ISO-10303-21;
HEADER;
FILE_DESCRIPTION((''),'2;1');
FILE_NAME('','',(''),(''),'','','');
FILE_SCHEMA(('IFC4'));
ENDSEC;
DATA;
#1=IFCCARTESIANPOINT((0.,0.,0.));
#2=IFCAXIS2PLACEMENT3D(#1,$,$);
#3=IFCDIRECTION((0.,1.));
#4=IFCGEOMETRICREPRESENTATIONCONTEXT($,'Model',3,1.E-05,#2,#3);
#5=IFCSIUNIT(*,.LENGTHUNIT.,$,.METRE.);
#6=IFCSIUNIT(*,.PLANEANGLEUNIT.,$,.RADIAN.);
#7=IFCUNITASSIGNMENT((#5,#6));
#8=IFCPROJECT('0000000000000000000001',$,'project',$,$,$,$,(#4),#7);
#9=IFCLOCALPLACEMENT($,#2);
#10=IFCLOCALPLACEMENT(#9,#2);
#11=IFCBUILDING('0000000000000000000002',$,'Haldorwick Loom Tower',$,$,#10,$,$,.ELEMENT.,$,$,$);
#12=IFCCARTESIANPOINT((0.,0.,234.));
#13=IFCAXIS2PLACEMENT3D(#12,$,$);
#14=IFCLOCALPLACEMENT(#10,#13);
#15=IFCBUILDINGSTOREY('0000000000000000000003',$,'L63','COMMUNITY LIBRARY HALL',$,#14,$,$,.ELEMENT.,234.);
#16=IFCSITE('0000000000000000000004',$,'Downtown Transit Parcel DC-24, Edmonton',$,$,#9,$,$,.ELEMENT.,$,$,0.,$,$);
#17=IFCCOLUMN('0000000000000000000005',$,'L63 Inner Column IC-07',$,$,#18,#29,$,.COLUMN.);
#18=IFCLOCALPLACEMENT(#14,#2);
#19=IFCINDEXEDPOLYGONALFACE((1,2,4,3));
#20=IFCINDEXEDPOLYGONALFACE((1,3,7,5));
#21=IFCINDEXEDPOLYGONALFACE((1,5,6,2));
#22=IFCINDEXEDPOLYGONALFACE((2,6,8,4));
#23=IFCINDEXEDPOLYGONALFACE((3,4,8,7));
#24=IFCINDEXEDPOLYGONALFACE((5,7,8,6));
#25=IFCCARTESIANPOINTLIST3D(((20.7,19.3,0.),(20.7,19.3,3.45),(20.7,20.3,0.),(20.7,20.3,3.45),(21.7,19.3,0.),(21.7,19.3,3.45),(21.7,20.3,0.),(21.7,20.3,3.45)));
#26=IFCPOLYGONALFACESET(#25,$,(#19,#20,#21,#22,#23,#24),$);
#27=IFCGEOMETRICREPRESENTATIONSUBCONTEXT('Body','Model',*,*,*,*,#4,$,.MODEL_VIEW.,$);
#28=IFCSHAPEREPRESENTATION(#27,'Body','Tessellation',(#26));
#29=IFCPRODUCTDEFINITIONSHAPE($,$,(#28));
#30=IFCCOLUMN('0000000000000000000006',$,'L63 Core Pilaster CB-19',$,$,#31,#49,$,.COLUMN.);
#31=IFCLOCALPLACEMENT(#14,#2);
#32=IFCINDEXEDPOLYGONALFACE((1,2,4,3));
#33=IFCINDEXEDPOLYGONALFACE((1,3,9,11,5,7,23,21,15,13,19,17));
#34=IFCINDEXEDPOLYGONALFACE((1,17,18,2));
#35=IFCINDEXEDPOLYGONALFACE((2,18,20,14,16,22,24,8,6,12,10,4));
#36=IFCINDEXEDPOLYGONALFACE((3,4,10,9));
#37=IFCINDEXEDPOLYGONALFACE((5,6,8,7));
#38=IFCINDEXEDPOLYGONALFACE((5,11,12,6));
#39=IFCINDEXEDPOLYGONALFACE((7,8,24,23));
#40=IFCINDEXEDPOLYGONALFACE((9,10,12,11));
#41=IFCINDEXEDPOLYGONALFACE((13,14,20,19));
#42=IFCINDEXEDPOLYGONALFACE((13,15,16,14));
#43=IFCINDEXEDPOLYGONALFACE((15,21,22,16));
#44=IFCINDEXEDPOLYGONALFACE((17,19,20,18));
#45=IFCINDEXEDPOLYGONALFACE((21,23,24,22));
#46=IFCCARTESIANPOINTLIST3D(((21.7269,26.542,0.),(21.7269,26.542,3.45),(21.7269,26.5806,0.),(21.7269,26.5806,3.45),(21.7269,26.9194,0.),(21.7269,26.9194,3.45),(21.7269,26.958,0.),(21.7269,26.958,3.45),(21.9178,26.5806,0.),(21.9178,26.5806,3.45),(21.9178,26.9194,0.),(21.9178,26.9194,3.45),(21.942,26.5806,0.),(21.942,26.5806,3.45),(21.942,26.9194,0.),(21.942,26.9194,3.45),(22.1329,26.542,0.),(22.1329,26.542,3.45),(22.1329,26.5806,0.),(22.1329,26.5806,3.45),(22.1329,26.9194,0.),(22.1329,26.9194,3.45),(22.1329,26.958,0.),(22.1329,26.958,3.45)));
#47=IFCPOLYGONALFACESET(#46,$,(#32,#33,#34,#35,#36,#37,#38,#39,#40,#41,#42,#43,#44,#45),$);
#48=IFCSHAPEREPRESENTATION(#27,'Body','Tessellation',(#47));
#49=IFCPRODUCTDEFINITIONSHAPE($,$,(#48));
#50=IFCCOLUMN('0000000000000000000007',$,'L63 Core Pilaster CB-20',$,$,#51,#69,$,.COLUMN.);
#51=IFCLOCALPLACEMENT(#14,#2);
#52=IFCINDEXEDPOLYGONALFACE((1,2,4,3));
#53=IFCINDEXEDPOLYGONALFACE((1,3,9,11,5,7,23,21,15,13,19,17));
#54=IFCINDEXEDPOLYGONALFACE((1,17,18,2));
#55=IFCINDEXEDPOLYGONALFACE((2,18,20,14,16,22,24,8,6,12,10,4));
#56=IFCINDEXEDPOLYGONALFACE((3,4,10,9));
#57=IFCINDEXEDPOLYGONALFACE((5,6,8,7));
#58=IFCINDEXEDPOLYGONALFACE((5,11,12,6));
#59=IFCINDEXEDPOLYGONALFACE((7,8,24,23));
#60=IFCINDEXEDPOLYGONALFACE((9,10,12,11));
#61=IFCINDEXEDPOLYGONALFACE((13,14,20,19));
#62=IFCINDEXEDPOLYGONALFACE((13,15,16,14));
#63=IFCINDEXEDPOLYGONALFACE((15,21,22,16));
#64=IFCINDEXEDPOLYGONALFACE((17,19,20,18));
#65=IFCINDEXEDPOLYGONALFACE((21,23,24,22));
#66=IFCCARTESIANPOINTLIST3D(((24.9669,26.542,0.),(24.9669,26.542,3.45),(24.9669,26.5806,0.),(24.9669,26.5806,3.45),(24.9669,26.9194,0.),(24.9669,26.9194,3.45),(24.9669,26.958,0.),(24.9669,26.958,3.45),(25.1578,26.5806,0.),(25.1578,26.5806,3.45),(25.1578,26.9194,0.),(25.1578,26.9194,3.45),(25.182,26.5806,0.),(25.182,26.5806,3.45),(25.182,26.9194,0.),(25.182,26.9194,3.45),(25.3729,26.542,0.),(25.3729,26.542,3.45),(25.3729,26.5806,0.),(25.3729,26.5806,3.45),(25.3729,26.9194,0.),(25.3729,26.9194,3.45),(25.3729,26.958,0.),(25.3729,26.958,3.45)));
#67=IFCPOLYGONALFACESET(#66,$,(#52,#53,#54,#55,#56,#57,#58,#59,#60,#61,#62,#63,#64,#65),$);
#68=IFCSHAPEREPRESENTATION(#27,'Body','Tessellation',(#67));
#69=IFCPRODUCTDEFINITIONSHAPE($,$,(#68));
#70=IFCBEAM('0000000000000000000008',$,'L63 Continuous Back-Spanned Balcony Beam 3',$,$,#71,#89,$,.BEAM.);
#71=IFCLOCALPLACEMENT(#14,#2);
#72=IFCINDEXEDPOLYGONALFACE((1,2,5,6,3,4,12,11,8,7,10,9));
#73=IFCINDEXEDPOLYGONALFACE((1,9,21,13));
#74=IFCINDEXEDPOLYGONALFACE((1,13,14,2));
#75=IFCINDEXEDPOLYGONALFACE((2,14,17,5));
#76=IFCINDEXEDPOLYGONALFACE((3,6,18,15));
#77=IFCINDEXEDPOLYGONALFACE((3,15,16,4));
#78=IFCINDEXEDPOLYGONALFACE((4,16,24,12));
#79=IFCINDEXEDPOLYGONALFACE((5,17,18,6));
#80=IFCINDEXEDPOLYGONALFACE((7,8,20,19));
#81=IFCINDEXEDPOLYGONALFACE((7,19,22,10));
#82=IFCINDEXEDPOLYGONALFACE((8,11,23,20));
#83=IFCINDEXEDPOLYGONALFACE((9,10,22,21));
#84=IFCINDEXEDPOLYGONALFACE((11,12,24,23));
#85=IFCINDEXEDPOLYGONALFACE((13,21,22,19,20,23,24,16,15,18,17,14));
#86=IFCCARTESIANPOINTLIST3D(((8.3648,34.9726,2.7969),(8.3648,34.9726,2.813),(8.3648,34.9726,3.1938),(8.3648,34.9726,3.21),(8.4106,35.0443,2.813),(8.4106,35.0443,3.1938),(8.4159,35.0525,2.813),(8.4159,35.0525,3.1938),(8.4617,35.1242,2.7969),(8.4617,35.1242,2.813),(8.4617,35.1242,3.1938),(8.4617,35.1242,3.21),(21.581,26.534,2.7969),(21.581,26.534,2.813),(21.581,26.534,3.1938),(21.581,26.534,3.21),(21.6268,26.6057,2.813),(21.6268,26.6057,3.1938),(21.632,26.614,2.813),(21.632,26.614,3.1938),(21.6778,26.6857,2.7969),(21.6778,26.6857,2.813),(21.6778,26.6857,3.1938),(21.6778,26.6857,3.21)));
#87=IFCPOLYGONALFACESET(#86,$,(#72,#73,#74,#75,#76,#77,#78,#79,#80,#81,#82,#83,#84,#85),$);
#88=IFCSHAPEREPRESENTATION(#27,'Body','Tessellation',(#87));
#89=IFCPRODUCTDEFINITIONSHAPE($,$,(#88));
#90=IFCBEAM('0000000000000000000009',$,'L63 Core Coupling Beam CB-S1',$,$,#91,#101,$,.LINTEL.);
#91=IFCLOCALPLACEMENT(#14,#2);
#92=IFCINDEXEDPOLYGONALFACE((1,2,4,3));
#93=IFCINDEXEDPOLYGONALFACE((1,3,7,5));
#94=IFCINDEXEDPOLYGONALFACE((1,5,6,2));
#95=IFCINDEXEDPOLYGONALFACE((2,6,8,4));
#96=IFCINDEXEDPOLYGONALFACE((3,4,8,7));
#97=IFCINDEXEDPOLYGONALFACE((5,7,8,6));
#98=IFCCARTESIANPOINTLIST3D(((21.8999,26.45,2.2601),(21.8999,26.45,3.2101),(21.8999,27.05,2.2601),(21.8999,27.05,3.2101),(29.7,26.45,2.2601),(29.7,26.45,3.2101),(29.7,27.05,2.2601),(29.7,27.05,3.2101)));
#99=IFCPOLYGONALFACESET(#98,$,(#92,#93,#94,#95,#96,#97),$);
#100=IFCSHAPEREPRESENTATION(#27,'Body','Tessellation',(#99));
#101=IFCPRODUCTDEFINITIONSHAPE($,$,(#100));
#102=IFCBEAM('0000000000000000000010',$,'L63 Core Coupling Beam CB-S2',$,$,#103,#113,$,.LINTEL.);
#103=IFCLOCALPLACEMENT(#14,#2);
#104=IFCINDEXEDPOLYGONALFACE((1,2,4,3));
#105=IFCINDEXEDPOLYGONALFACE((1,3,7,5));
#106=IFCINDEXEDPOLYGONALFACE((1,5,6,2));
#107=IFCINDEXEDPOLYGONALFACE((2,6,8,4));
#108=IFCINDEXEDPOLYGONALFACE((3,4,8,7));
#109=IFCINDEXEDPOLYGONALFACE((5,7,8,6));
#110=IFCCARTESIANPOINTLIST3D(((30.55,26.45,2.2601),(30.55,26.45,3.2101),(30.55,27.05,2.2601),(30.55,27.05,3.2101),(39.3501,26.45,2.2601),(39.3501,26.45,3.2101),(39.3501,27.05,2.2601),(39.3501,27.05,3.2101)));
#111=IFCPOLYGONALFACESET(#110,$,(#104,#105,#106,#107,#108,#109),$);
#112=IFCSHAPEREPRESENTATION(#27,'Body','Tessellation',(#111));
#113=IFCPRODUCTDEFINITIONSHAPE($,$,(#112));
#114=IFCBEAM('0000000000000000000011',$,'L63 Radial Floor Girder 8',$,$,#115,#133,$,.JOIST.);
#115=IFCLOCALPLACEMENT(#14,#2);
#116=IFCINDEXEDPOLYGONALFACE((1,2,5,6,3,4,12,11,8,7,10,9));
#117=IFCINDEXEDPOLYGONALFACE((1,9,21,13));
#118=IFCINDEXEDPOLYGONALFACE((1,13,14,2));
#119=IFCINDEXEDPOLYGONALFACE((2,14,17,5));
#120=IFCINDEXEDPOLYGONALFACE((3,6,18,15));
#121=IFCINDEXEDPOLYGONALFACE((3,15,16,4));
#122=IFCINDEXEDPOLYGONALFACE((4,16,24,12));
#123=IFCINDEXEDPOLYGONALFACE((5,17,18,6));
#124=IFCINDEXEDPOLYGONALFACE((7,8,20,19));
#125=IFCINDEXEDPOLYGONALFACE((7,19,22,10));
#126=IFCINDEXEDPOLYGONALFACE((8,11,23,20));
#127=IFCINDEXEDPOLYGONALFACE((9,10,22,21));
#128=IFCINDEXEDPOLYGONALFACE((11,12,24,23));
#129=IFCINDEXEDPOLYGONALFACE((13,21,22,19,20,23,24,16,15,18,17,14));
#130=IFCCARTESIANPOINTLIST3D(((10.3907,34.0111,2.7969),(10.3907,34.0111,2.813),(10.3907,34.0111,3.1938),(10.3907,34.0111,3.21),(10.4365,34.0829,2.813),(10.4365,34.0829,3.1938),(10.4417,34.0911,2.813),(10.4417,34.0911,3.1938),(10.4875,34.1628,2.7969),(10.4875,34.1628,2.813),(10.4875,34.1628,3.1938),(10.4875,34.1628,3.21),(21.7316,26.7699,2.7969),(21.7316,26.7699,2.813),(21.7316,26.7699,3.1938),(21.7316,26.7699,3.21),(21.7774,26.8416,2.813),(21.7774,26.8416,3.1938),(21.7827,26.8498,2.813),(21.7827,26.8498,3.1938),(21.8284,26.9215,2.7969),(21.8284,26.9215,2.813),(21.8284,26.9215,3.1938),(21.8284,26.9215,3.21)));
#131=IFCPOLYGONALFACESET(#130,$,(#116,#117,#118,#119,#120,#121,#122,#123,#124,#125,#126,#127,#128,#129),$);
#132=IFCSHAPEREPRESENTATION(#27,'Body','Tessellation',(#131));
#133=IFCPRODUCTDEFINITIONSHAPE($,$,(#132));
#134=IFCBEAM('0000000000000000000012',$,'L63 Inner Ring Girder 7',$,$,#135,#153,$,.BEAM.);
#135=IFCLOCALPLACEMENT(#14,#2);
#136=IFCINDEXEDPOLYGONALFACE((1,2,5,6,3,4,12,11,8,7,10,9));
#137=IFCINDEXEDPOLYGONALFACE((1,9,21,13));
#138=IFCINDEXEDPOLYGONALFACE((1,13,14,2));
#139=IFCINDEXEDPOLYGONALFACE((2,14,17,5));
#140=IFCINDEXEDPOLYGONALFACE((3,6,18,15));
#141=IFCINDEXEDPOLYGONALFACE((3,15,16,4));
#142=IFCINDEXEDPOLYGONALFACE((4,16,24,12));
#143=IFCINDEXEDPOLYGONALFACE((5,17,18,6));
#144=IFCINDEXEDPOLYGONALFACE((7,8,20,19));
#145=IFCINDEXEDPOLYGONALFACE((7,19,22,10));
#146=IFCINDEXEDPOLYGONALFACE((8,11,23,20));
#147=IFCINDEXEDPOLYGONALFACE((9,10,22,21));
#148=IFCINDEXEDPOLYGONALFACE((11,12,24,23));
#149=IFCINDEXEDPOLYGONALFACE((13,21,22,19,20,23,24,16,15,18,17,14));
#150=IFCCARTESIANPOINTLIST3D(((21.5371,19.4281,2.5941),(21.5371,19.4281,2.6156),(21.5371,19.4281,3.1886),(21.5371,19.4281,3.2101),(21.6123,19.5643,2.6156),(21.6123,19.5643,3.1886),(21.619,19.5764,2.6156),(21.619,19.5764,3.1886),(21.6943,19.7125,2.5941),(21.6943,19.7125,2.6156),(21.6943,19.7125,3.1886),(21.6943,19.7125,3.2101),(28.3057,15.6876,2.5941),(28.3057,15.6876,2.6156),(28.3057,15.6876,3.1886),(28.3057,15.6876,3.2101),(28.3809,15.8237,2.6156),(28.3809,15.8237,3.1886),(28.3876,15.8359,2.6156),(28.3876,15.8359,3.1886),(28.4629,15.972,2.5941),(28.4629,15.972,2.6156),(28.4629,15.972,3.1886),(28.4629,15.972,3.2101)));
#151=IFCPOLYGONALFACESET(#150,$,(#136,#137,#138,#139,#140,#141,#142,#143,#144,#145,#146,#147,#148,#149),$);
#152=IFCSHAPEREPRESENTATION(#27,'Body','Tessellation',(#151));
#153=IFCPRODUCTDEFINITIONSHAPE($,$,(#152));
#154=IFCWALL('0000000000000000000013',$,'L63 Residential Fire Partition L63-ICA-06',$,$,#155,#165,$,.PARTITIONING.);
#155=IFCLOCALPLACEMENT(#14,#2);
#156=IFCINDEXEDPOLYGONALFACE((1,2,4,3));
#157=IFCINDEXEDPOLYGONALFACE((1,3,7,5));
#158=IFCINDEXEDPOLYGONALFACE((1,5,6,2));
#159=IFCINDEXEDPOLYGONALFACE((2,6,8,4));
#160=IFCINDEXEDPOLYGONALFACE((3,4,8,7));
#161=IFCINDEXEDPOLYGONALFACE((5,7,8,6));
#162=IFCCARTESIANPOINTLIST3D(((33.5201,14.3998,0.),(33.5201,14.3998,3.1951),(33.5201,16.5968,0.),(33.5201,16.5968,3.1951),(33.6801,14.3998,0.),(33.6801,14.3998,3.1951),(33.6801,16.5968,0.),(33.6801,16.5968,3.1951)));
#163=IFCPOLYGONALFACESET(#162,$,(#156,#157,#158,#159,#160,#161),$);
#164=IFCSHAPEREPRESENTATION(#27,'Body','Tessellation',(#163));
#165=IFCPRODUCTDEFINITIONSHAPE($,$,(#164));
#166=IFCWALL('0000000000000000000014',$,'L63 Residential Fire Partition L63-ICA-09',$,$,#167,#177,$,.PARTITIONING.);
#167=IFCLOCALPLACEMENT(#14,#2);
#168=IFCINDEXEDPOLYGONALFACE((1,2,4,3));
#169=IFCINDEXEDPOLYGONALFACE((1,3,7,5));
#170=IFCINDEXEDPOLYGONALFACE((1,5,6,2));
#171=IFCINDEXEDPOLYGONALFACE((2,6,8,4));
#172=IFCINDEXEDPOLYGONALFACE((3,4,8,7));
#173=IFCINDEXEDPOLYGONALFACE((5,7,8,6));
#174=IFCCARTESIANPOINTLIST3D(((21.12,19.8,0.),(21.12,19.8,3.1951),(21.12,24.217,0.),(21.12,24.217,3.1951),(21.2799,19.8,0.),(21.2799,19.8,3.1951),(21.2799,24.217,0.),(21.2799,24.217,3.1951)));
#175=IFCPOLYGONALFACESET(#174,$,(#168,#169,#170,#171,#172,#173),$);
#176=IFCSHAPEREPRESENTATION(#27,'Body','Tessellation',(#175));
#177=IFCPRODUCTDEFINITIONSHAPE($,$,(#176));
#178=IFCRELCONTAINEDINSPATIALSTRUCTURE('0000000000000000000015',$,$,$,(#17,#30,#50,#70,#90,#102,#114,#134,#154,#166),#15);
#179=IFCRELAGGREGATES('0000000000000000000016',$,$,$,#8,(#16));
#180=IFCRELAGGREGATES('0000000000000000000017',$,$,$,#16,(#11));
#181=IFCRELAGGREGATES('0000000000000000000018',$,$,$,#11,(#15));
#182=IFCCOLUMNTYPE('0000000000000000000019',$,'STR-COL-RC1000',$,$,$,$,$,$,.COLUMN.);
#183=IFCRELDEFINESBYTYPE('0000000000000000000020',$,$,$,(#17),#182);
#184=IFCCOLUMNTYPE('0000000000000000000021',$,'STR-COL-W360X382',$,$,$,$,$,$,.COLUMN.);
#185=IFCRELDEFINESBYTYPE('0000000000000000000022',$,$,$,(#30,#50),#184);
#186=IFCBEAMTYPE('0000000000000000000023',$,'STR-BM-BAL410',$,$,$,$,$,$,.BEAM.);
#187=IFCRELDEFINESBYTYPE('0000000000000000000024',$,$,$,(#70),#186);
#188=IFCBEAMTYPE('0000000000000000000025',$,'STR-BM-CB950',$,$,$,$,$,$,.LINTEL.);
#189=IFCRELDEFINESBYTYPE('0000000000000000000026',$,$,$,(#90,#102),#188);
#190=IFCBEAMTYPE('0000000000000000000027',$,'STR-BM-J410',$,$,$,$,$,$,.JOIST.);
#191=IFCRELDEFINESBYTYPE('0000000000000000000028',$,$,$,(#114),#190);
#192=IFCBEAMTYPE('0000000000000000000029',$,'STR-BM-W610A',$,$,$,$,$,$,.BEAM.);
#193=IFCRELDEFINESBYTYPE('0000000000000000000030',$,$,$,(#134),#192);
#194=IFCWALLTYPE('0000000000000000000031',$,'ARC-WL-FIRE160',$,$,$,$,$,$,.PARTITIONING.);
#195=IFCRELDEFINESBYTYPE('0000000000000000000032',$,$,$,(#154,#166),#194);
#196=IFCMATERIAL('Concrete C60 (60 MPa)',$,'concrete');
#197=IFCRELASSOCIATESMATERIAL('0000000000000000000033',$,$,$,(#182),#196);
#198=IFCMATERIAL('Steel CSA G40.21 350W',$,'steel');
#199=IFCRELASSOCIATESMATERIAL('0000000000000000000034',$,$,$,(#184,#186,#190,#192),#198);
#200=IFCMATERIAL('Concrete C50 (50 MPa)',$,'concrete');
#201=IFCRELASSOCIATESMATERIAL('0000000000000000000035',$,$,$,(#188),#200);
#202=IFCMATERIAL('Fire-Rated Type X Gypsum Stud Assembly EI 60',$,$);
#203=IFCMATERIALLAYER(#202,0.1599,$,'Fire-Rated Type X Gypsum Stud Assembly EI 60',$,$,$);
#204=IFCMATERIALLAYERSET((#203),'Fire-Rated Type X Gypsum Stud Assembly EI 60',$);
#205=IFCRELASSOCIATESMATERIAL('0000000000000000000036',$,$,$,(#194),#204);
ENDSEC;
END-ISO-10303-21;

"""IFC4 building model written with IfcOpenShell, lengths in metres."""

from ifc_helpers import new_model, si_unit, direction, frame, frame_2d, origin, origin_2d, place, context, subcontext, project, spatial, rectangle, i_section, extrude, material, layer, layer_set, material_profile, profile_set, type_object, element, save


model = new_model("IFC4")

# Units and contexts
model_context = context("Model", 3, precision=1e-05, world=origin(), true_north=direction((0.0, 1.0)))
body_context = subcontext(model_context, "Body", "Model", "MODEL_VIEW")
ifc_project = project(units=[si_unit("LENGTHUNIT", "METRE"), si_unit("PLANEANGLEUNIT", "RADIAN")], contexts=[model_context])

# Site, building, storey
site_placement = place(None, origin())
site = spatial("IfcSite", under=ifc_project, at=site_placement, Name="Downtown Transit Parcel DC-24, Edmonton", CompositionType="ELEMENT", RefElevation=0.0)
building_placement = place(site_placement, origin())
building = spatial("IfcBuilding", under=site, at=building_placement, Name="Haldorwick Loom Tower", CompositionType="ELEMENT")
storey_placement = place(building_placement, frame((0.0, 0.0, 234.0)))
storey = spatial("IfcBuildingStorey", under=building, at=storey_placement, Name="L63", Description="COMMUNITY LIBRARY HALL", CompositionType="ELEMENT", Elevation=234.0)

# Columns
ifc_material_1 = material(Name="Concrete C60 (60 MPa)", Category="concrete")
ifc_material_profile_1 = material_profile(ifc_material_1, rectangle(XDim=1.0, YDim=1.0, at=origin_2d()), Name="RC1000X1000", Category="concrete")
ifc_profile_set_1 = profile_set([ifc_material_profile_1], Name="Concrete C60 (60 MPa)")
column_type_1 = type_object("IfcColumnType", Name="STR-COL-RC1000", PredefinedType="COLUMN", material=ifc_profile_set_1)
column_placement = place(storey_placement, frame((21.2, 19.8, 0.0), z_axis=(0.0, 0.0, 1.0), x_axis=(1.0, 0.0, 0.0)))
element("IfcColumn", 1, at=column_placement, inside=storey, type_object=column_type_1, Name="L63 Inner Column IC-07", PredefinedType="COLUMN", context=body_context, shape_type="SweptSolid", body=[
    extrude(rectangle(XDim=1.0, YDim=1.0, at=origin_2d()), origin(), (0.0, 0.0, 1.0), 3.45),
])
ifc_material_2 = material(Name="Steel CSA G40.21 350W", Category="steel")
ifc_material_profile_2 = material_profile(ifc_material_2, i_section(OverallWidth=0.406, OverallDepth=0.416, WebThickness=0.0242, FlangeThickness=0.0386, at=origin_2d()), Name="W360X382", Category="steel")
ifc_profile_set_2 = profile_set([ifc_material_profile_2], Name="Steel CSA G40.21 350W")
column_type_2 = type_object("IfcColumnType", Name="STR-COL-W360X382", PredefinedType="COLUMN", material=ifc_profile_set_2)
for number, where, z_axis, x_axis, name in (
    (2, (21.9299, 26.75, 0.0), (0.0, 0.0, 1.0), (1.0, 0.0, 0.0), "L63 Core Pilaster CB-19"),
    (3, (25.1699, 26.75, 0.0), (0.0, 0.0, 1.0), (1.0, 0.0, 0.0), "L63 Core Pilaster CB-20"),
):
    element("IfcColumn", number, at=place(storey_placement, frame(where, z_axis=z_axis, x_axis=x_axis)), inside=storey, type_object=column_type_2, Name=name, PredefinedType="COLUMN", context=body_context, shape_type="SweptSolid", body=[
        extrude(i_section(OverallWidth=0.406, OverallDepth=0.416, WebThickness=0.0242, FlangeThickness=0.0386, at=origin_2d()), origin(), (0.0, 0.0, 1.0), 3.45),
    ])

# Beams
ifc_material_profile_3 = material_profile(ifc_material_2, i_section(OverallWidth=0.1799, OverallDepth=0.4131, WebThickness=0.0098, FlangeThickness=0.0161, at=origin_2d()), Name="W410X74", Category="steel")
ifc_profile_set_3 = profile_set([ifc_material_profile_3], Name="Steel CSA G40.21 350W")
beam_type_1 = type_object("IfcBeamType", Name="STR-BM-BAL410", PredefinedType="BEAM", material=ifc_profile_set_3)
beam_1_placement = place(storey_placement, frame((21.6294, 26.6099, 3.0034), z_axis=(-0.842844, 0.538157, 0.0), x_axis=(-0.538157, -0.842844, 0.0)))
element("IfcBeam", 4, at=beam_1_placement, inside=storey, type_object=beam_type_1, Name="L63 Continuous Back-Spanned Balcony Beam 3", PredefinedType="BEAM", context=body_context, shape_type="SweptSolid", body=[
    extrude(i_section(OverallWidth=0.1799, OverallDepth=0.4131, WebThickness=0.0098, FlangeThickness=0.0161, at=origin_2d()), origin(), (0.0, 0.0, 1.0), 15.6804),
])
ifc_material_3 = material(Name="Concrete C50 (50 MPa)", Category="concrete")
ifc_material_profile_4 = material_profile(ifc_material_3, rectangle(XDim=0.6001, YDim=0.95, at=origin_2d()), Name="RC600X950", Category="concrete")
ifc_profile_set_4 = profile_set([ifc_material_profile_4], Name="Concrete C50 (50 MPa)")
beam_type_2 = type_object("IfcBeamType", Name="STR-BM-CB950", PredefinedType="LINTEL", material=ifc_profile_set_4)
beam_2_placement = place(storey_placement, frame((21.8999, 26.75, 2.7351), z_axis=(1.0, 0.0, 0.0), x_axis=(0.0, 1.0, 0.0)))
element("IfcBeam", 5, at=beam_2_placement, inside=storey, type_object=beam_type_2, Name="L63 Core Coupling Beam CB-S1", PredefinedType="LINTEL", context=body_context, shape_type="SweptSolid", body=[
    extrude(rectangle(XDim=0.6001, YDim=0.95, at=origin_2d()), origin(), (0.0, 0.0, 1.0), 7.8),
])
beam_3_placement = place(storey_placement, frame((30.55, 26.75, 2.7351), z_axis=(1.0, 0.0, 0.0), x_axis=(0.0, 1.0, 0.0)))
element("IfcBeam", 6, at=beam_3_placement, inside=storey, type_object=beam_type_2, Name="L63 Core Coupling Beam CB-S2", PredefinedType="LINTEL", context=body_context, shape_type="SweptSolid", body=[
    extrude(rectangle(XDim=0.6001, YDim=0.95, at=origin_2d()), origin(), (0.0, 0.0, 1.0), 8.8),
])
ifc_material_profile_5 = material_profile(ifc_material_2, i_section(OverallWidth=0.1799, OverallDepth=0.4131, WebThickness=0.0098, FlangeThickness=0.0161, at=origin_2d()), Name="W410X74", Category="steel")
ifc_profile_set_5 = profile_set([ifc_material_profile_5], Name="Steel CSA G40.21 350W")
beam_type_3 = type_object("IfcBeamType", Name="STR-BM-J410", PredefinedType="JOIST", material=ifc_profile_set_5)
beam_4_placement = place(storey_placement, frame((21.78, 26.8457, 3.0034), z_axis=(-0.842842, 0.538162, 0.0), x_axis=(-0.538162, -0.842842, 0.0)))
element("IfcBeam", 7, at=beam_4_placement, inside=storey, type_object=beam_type_3, Name="L63 Radial Floor Girder 8", PredefinedType="JOIST", context=body_context, shape_type="SweptSolid", body=[
    extrude(i_section(OverallWidth=0.1799, OverallDepth=0.4131, WebThickness=0.0098, FlangeThickness=0.0161, at=origin_2d()), origin(), (0.0, 0.0, 1.0), 13.4556),
])
ifc_material_profile_6 = material_profile(ifc_material_2, i_section(OverallWidth=0.325, OverallDepth=0.616, WebThickness=0.0139, FlangeThickness=0.0215, at=origin_2d()), Name="W610X174", Category="steel")
ifc_profile_set_6 = profile_set([ifc_material_profile_6], Name="Steel CSA G40.21 350W")
beam_type_4 = type_object("IfcBeamType", Name="STR-BM-W610A", PredefinedType="BEAM", material=ifc_profile_set_6)
beam_5_placement = place(storey_placement, frame((28.3843, 15.8298, 2.9021), z_axis=(-0.875244, 0.483682, 0.0), x_axis=(-0.483682, -0.875244, 0.0)))
element("IfcBeam", 8, at=beam_5_placement, inside=storey, type_object=beam_type_4, Name="L63 Inner Ring Girder 7", PredefinedType="BEAM", context=body_context, shape_type="SweptSolid", body=[
    extrude(i_section(OverallWidth=0.325, OverallDepth=0.616, WebThickness=0.0139, FlangeThickness=0.0215, at=origin_2d()), origin(), (0.0, 0.0, 1.0), 7.7334),
])

# Walls
ifc_material_4 = material(Name="Fire-Rated Type X Gypsum Stud Assembly EI 60")
ifc_layer_1 = layer(ifc_material_4, 0.1599, Name="Fire-Rated Type X Gypsum Stud Assembly EI 60")
ifc_layer_set_1 = layer_set([ifc_layer_1], Name="Fire-Rated Type X Gypsum Stud Assembly EI 60")
wall_type_1 = type_object("IfcWallType", Name="ARC-WL-FIRE160", PredefinedType="PARTITIONING", material=ifc_layer_set_1)
wall_1_placement = place(storey_placement, frame((33.6001, 16.5969, 0.0), z_axis=(0.0, 0.0, 1.0), x_axis=(0.0, -1.0, 0.0)))
element("IfcWall", 9, at=wall_1_placement, inside=storey, type_object=wall_type_1, Name="L63 Residential Fire Partition L63-ICA-06", PredefinedType="PARTITIONING", context=body_context, shape_type="SweptSolid", body=[
    extrude(rectangle(XDim=2.197, YDim=0.1599, at=frame_2d((1.0986, 0.0))), origin(), (0.0, 0.0, 1.0), 3.1951),
])
wall_2_placement = place(storey_placement, frame((21.2, 24.217, 0.0), z_axis=(0.0, 0.0, 1.0), x_axis=(0.0, -1.0, 0.0)))
element("IfcWall", 10, at=wall_2_placement, inside=storey, type_object=wall_type_1, Name="L63 Residential Fire Partition L63-ICA-09", PredefinedType="PARTITIONING", context=body_context, shape_type="SweptSolid", body=[
    extrude(rectangle(XDim=4.417, YDim=0.1599, at=frame_2d((2.2085, 0.0))), origin(), (0.0, 0.0, 1.0), 3.1951),
])

save(model, "model.ifc")
